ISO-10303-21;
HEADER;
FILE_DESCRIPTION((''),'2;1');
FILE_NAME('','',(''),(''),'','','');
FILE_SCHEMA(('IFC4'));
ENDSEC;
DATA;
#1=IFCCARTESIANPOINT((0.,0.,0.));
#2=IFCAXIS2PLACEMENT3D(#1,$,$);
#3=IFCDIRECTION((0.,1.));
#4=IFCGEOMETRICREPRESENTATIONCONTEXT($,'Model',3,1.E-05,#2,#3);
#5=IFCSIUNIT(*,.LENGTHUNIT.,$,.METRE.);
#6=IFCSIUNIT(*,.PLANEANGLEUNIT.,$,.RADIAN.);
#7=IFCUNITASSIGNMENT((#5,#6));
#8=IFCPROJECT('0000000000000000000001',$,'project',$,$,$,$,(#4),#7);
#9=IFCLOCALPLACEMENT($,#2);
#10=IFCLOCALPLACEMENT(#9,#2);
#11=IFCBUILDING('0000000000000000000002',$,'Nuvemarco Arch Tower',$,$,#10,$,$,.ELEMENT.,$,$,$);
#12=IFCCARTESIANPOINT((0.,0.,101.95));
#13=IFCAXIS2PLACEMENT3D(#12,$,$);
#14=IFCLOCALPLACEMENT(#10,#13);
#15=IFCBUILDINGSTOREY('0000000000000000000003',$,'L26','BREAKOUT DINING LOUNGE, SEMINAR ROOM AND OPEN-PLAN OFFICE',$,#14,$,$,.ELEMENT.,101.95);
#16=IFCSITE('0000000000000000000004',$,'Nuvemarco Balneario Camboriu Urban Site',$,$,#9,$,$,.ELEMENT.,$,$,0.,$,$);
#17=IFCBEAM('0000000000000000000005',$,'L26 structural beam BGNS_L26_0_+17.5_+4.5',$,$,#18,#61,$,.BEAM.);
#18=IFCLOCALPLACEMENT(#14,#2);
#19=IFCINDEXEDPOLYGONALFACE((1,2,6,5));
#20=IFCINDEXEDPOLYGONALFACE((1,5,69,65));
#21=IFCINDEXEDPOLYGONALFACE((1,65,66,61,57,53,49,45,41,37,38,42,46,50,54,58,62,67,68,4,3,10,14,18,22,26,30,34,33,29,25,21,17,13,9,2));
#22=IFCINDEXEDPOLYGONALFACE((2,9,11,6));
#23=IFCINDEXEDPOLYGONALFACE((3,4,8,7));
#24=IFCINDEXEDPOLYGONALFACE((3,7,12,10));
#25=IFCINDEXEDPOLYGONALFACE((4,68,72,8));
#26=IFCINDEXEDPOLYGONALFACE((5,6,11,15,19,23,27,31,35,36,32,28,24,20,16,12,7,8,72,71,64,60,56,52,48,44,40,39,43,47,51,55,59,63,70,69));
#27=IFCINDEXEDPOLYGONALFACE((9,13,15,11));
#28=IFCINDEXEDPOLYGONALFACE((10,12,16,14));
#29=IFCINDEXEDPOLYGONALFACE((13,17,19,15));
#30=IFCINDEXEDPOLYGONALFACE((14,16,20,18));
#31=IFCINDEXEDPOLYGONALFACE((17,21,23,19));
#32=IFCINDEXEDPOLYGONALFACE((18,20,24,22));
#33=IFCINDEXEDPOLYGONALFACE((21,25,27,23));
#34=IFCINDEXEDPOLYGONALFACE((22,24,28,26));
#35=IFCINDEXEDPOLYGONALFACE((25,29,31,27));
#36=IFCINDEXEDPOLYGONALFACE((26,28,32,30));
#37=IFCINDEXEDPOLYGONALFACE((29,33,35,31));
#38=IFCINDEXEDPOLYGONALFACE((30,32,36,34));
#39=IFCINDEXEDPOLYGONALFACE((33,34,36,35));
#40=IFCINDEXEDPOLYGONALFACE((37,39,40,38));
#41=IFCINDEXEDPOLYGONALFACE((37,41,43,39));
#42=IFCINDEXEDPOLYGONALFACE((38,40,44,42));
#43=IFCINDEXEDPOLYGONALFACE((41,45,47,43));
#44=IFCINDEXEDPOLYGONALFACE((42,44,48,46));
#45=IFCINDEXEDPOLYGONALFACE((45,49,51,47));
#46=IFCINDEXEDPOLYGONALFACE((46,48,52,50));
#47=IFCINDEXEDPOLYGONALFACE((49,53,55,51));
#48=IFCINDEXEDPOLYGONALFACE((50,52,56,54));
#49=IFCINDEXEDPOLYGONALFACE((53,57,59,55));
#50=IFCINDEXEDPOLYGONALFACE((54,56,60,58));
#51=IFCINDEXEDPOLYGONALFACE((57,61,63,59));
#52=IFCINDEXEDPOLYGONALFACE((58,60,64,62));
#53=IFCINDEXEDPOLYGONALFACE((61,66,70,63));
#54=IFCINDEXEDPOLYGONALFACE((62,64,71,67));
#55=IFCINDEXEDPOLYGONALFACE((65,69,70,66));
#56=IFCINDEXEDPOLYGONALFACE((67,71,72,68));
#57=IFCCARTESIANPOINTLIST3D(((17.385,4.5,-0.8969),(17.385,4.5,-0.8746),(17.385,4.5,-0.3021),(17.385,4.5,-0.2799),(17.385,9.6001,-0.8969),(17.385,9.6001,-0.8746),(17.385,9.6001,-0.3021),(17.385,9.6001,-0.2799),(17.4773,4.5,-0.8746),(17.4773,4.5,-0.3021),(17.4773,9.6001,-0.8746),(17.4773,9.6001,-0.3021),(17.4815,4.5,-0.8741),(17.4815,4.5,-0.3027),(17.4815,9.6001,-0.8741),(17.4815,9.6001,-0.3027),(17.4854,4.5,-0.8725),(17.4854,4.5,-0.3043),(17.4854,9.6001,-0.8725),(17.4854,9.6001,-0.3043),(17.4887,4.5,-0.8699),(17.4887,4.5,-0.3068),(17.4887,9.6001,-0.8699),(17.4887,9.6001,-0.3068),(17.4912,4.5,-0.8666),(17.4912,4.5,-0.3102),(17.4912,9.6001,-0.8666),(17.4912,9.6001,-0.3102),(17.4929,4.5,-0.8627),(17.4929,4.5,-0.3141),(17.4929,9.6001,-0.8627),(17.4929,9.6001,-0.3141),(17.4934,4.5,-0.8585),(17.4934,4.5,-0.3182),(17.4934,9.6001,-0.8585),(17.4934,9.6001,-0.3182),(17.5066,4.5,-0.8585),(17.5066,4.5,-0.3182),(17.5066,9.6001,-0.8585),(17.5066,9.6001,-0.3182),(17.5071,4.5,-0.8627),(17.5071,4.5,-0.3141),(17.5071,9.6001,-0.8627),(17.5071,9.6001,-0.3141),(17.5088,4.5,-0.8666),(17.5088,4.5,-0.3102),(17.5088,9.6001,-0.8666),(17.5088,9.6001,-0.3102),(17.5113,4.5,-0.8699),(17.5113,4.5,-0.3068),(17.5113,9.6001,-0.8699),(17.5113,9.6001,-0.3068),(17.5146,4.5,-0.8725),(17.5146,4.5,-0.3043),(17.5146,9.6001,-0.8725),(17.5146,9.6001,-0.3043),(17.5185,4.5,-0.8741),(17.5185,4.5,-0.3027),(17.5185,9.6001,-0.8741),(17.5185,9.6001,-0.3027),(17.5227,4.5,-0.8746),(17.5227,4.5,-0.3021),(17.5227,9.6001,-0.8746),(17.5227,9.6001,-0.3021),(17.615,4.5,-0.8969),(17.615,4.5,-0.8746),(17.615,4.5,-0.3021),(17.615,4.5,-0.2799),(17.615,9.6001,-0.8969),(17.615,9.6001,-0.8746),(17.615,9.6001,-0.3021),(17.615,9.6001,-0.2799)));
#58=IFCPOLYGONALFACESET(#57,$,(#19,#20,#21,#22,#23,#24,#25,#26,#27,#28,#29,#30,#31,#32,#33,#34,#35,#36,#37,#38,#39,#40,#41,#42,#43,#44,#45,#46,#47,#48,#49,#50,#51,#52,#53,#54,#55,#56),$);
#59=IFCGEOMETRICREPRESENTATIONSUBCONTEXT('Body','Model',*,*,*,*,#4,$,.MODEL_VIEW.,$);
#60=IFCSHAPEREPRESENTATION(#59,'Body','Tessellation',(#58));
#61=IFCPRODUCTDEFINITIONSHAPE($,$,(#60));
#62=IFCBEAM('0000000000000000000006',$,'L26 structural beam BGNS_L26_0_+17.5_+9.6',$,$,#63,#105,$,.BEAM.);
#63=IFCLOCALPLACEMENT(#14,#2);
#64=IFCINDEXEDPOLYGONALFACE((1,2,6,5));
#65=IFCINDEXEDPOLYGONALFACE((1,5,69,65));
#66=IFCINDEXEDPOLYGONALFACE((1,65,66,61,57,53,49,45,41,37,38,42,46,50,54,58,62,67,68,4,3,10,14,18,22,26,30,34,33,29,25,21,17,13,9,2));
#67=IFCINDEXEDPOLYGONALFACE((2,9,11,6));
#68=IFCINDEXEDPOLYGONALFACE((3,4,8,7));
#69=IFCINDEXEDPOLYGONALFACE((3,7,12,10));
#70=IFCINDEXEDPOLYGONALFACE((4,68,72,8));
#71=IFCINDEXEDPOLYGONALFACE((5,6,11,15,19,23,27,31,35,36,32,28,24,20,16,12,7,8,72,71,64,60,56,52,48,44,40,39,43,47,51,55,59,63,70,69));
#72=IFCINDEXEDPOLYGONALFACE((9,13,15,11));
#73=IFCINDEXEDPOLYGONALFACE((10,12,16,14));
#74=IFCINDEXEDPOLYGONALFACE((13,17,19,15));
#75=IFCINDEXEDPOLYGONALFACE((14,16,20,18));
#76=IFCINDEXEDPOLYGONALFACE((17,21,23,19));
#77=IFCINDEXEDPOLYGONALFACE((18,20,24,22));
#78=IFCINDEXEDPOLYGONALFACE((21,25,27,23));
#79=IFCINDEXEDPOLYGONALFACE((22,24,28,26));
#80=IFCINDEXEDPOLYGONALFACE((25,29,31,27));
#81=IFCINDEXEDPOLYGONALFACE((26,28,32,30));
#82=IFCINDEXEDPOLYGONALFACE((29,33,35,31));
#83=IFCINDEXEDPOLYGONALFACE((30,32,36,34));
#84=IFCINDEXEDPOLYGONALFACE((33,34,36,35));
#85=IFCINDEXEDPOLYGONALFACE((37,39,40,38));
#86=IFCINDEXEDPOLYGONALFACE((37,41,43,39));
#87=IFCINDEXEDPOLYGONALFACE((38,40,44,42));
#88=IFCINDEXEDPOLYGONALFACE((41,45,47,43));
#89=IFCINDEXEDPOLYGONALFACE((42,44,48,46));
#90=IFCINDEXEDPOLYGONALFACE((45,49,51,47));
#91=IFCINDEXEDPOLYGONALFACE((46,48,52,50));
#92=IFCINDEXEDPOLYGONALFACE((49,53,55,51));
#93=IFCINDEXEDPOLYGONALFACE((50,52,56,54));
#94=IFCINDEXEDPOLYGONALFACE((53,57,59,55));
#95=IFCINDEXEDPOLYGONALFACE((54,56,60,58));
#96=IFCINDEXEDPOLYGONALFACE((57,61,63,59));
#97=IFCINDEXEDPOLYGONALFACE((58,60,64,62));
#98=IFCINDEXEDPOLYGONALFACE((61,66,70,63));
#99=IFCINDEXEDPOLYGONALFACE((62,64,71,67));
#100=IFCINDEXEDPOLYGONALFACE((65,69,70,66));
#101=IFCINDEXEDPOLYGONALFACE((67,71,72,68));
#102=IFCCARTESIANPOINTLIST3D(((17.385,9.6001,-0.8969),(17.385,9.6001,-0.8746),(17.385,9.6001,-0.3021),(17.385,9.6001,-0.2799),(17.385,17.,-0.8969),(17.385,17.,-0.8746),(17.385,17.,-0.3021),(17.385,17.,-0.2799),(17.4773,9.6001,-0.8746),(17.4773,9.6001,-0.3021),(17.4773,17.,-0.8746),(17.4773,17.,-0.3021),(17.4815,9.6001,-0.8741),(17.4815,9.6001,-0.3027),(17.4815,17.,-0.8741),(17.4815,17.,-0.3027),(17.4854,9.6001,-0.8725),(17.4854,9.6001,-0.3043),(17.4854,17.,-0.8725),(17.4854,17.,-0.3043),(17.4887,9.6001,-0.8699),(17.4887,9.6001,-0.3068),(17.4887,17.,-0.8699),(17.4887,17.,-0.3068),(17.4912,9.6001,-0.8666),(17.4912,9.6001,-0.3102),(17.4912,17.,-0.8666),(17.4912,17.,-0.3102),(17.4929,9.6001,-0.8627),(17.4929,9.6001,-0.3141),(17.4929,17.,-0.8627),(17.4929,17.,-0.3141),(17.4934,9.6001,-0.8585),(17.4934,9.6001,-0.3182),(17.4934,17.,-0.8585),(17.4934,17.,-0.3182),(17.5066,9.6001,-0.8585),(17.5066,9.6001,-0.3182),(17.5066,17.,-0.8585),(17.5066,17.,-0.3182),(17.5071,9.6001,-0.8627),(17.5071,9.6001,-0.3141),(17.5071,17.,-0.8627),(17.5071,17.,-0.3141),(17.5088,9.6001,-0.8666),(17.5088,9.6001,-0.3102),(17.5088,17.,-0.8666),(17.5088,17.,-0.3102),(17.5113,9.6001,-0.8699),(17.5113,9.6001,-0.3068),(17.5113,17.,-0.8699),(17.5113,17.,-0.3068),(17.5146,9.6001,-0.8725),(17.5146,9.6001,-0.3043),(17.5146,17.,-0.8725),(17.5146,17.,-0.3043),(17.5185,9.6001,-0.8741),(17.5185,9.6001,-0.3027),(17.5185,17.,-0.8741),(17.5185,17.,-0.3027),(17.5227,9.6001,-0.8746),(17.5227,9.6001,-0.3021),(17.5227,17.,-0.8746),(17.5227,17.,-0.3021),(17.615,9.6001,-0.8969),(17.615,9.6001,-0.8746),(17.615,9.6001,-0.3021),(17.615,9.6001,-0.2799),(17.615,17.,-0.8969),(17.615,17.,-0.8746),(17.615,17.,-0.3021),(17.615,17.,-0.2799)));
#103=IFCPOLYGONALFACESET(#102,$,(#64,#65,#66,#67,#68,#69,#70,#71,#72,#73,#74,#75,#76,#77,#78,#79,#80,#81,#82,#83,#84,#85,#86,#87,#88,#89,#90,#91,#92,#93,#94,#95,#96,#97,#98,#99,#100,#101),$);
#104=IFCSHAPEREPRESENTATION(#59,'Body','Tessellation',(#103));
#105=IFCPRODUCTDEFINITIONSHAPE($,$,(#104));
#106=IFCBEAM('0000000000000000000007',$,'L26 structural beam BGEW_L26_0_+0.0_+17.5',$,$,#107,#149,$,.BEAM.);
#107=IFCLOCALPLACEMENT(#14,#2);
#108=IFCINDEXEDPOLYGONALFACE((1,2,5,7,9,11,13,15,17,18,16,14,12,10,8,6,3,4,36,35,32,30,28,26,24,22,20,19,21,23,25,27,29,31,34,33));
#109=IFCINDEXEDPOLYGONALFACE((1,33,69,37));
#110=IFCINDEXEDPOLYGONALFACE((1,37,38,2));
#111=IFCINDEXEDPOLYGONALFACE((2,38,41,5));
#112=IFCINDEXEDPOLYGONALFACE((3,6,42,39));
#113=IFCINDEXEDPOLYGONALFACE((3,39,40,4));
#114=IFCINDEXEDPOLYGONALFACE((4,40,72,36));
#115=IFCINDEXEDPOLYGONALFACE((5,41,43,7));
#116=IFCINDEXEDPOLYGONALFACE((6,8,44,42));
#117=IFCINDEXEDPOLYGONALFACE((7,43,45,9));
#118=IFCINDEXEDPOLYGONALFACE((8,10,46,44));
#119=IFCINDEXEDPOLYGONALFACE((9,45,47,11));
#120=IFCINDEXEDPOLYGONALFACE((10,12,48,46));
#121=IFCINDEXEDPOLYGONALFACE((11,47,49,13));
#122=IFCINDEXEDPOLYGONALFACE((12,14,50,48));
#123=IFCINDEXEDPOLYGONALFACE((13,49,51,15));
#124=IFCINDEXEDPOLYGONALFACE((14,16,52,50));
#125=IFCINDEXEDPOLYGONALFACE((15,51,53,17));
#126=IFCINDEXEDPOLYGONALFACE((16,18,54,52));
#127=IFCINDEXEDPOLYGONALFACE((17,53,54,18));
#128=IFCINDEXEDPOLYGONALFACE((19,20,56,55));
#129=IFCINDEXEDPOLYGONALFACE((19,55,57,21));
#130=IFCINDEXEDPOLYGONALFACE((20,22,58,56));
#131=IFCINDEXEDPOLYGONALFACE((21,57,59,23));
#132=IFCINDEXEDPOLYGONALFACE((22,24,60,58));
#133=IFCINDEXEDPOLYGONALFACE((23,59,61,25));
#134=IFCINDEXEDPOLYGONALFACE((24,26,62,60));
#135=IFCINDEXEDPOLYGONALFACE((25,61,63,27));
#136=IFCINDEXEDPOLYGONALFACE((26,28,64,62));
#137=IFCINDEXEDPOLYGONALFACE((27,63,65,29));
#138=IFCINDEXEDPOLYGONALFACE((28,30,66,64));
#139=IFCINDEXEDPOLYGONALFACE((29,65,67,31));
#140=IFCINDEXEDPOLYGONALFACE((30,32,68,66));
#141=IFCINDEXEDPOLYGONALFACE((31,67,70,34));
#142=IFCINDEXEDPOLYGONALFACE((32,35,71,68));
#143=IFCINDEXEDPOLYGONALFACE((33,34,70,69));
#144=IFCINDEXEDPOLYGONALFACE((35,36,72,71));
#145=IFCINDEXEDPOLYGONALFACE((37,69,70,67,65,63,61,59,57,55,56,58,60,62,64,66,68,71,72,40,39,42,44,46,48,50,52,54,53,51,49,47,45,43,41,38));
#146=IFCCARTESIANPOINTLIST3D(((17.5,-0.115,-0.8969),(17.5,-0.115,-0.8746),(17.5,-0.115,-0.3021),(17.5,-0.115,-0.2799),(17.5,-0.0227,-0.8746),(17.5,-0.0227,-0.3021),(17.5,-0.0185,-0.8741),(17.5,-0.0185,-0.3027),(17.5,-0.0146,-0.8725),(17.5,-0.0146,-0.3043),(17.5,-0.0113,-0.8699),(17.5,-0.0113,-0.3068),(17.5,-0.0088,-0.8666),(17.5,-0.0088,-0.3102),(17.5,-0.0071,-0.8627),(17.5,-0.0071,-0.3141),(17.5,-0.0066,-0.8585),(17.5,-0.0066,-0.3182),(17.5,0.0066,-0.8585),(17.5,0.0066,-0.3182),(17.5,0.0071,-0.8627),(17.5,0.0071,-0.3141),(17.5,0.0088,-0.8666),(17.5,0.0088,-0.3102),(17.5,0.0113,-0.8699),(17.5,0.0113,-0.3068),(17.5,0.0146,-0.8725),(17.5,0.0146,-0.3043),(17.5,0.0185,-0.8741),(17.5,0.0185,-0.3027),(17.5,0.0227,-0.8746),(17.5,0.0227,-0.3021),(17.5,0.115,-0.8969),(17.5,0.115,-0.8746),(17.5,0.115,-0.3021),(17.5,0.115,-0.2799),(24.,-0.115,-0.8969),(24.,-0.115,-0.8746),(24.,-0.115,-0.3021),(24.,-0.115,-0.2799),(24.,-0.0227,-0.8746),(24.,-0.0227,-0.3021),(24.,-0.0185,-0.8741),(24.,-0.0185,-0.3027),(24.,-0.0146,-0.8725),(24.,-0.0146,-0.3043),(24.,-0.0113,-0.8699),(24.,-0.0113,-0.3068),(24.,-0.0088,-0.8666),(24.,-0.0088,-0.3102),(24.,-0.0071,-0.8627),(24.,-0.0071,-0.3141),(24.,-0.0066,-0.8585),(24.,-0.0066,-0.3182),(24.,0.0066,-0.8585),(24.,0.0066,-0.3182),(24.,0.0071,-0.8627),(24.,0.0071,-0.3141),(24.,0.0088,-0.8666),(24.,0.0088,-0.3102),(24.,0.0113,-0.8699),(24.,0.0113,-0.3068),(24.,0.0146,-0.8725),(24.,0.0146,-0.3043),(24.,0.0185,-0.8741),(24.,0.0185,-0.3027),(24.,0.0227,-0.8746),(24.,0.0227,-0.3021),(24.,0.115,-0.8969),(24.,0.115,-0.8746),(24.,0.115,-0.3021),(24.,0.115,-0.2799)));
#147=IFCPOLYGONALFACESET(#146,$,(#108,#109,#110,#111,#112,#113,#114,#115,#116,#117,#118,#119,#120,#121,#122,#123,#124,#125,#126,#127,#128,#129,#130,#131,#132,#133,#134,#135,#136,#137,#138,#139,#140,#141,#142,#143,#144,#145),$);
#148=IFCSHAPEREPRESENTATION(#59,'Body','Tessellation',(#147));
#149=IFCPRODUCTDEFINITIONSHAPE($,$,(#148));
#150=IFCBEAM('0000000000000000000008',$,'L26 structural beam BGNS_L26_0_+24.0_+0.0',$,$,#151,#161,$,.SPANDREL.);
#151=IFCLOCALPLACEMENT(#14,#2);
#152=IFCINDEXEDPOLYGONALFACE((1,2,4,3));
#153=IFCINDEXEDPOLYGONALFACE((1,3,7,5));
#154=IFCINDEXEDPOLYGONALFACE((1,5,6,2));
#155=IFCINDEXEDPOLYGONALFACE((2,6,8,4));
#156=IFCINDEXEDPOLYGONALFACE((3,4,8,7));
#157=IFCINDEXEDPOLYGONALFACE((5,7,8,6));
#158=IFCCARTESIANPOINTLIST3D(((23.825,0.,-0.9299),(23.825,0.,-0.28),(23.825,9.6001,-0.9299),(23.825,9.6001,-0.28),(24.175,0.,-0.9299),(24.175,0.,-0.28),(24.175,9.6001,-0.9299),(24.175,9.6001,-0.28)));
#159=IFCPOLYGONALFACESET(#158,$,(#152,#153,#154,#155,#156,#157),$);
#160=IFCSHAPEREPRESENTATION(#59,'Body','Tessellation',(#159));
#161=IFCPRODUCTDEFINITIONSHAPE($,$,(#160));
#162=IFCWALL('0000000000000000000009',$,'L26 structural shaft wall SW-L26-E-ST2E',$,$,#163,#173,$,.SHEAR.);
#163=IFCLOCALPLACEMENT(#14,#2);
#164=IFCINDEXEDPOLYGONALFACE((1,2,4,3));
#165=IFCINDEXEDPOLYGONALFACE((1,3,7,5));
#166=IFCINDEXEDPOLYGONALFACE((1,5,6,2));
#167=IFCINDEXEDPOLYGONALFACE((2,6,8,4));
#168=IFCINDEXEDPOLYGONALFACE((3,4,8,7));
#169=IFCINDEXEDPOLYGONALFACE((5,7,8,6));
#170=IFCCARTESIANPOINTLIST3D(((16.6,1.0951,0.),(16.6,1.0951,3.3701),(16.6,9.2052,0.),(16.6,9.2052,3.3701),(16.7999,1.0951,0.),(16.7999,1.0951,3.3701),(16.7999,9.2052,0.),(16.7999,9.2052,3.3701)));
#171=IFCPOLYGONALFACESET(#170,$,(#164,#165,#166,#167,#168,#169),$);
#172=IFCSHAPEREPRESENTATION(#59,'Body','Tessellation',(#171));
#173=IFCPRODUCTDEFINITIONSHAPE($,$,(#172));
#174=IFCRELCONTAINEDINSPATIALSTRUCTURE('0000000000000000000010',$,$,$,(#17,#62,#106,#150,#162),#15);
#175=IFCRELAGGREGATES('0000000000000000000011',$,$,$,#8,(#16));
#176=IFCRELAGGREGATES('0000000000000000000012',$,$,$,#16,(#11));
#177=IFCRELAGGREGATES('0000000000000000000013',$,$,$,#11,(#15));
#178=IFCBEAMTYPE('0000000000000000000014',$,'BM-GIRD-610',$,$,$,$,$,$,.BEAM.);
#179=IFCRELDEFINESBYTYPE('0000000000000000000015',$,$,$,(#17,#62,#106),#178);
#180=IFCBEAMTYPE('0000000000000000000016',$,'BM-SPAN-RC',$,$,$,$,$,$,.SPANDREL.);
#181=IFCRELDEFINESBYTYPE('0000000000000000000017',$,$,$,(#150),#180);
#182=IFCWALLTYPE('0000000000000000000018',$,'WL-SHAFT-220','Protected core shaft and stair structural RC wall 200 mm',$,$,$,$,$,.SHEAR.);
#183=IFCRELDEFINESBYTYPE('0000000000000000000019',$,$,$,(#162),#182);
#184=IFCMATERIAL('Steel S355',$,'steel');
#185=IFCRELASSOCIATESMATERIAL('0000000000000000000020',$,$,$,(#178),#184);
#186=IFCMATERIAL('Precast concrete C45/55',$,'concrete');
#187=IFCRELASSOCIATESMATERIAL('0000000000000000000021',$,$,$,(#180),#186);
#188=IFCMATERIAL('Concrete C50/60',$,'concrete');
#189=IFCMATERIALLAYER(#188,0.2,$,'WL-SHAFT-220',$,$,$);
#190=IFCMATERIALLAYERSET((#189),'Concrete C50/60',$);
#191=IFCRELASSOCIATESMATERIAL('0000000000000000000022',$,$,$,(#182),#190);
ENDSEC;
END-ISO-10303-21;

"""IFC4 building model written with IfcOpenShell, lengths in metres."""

from ifc_helpers import new_model, si_unit, direction, frame, frame_2d, origin, origin_2d, place, context, subcontext, project, spatial, rectangle, i_section, extrude, material, layer, layer_set, material_profile, profile_set, type_object, element, save


model = new_model("IFC4")

# Units and contexts
model_context = context("Model", 3, precision=1e-05, world=origin(), true_north=direction((0.0, 1.0)))
body_context = subcontext(model_context, "Body", "Model", "MODEL_VIEW")
ifc_project = project(units=[si_unit("LENGTHUNIT", "METRE"), si_unit("PLANEANGLEUNIT", "RADIAN")], contexts=[model_context])

# Site, building, storey
site_placement = place(None, origin())
site = spatial("IfcSite", under=ifc_project, at=site_placement, Name="Nuvemarco Balneario Camboriu Urban Site", CompositionType="ELEMENT", RefElevation=0.0)
building_placement = place(site_placement, origin())
building = spatial("IfcBuilding", under=site, at=building_placement, Name="Nuvemarco Arch Tower", CompositionType="ELEMENT")
storey_placement = place(building_placement, frame((0.0, 0.0, 101.95)))
storey = spatial("IfcBuildingStorey", under=building, at=storey_placement, Name="L26", Description="BREAKOUT DINING LOUNGE, SEMINAR ROOM AND OPEN-PLAN OFFICE", CompositionType="ELEMENT", Elevation=101.95)

# Shared definitions
ifc_material_1 = material(Name="Steel S355", Category="steel")

# Beams
ifc_material_profile_1 = material_profile(ifc_material_1, i_section(OverallWidth=0.23, OverallDepth=0.6169, WebThickness=0.0132, FlangeThickness=0.0222, FilletRadius=0.0161, at=origin_2d()), Name="W610x140")
ifc_profile_set_1 = profile_set([ifc_material_profile_1], Name="Steel S355")
beam_type_1 = type_object("IfcBeamType", Name="BM-GIRD-610", PredefinedType="BEAM", material=ifc_profile_set_1)
beam_1_placement = place(storey_placement, frame((17.5, 4.5, -0.5884), z_axis=(0.0, 1.0, 0.0), x_axis=(-1.0, 0.0, 0.0)))
element("IfcBeam", 1, at=beam_1_placement, inside=storey, type_object=beam_type_1, Name="L26 structural beam BGNS_L26_0_+17.5_+4.5", PredefinedType="BEAM", context=body_context, shape_type="SweptSolid", body=[
    extrude(i_section(OverallWidth=0.23, OverallDepth=0.6169, WebThickness=0.0132, FlangeThickness=0.0222, FilletRadius=0.0161, at=origin_2d()), origin(), (0.0, 0.0, 1.0), 5.1001),
])
beam_2_placement = place(storey_placement, frame((17.5, 9.6001, -0.5884), z_axis=(0.0, 1.0, 0.0), x_axis=(-1.0, 0.0, 0.0)))
element("IfcBeam", 2, at=beam_2_placement, inside=storey, type_object=beam_type_1, Name="L26 structural beam BGNS_L26_0_+17.5_+9.6", PredefinedType="BEAM", context=body_context, shape_type="SweptSolid", body=[
    extrude(i_section(OverallWidth=0.23, OverallDepth=0.6169, WebThickness=0.0132, FlangeThickness=0.0222, FilletRadius=0.0161, at=origin_2d()), origin(), (0.0, 0.0, 1.0), 7.3999),
])
beam_3_placement = place(storey_placement, frame((17.5, 0.0, -0.5884), z_axis=(1.0, 0.0, 0.0), x_axis=(0.0, 1.0, 0.0)))
element("IfcBeam", 3, at=beam_3_placement, inside=storey, type_object=beam_type_1, Name="L26 structural beam BGEW_L26_0_+0.0_+17.5", PredefinedType="BEAM", context=body_context, shape_type="SweptSolid", body=[
    extrude(i_section(OverallWidth=0.23, OverallDepth=0.6169, WebThickness=0.0132, FlangeThickness=0.0222, FilletRadius=0.0161, at=origin_2d()), origin(), (0.0, 0.0, 1.0), 6.5),
])
ifc_material_2 = material(Name="Precast concrete C45/55", Category="concrete")
ifc_material_profile_2 = material_profile(ifc_material_2, rectangle(XDim=0.3501, YDim=0.6499, at=origin_2d()), Name="PC-SP-350x650")
ifc_profile_set_2 = profile_set([ifc_material_profile_2], Name="Precast concrete C45/55")
beam_type_2 = type_object("IfcBeamType", Name="BM-SPAN-RC", PredefinedType="SPANDREL", material=ifc_profile_set_2)
beam_4_placement = place(storey_placement, frame((24.0, 0.0, -0.605), z_axis=(0.0, 1.0, 0.0), x_axis=(-1.0, 0.0, 0.0)))
element("IfcBeam", 4, at=beam_4_placement, inside=storey, type_object=beam_type_2, Name="L26 structural beam BGNS_L26_0_+24.0_+0.0", PredefinedType="SPANDREL", context=body_context, shape_type="SweptSolid", body=[
    extrude(rectangle(XDim=0.3501, YDim=0.6499, at=origin_2d()), origin(), (0.0, 0.0, 1.0), 9.6001),
])

# Wall
ifc_material_3 = material(Name="Concrete C50/60", Category="concrete")
ifc_layer = layer(ifc_material_3, 0.2, Name="WL-SHAFT-220")
ifc_layer_set = layer_set([ifc_layer], Name="Concrete C50/60")
wall_type = type_object("IfcWallType", Name="WL-SHAFT-220", Description="Protected core shaft and stair structural RC wall 200 mm", PredefinedType="SHEAR", material=ifc_layer_set)
wall_placement = place(storey_placement, frame((16.7, 1.095, 0.0), z_axis=(0.0, 0.0, 1.0), x_axis=(0.0, 1.0, 0.0)))
element("IfcWall", 5, at=wall_placement, inside=storey, type_object=wall_type, Name="L26 structural shaft wall SW-L26-E-ST2E", PredefinedType="SHEAR", context=body_context, shape_type="SweptSolid", body=[
    extrude(rectangle(XDim=8.1101, YDim=0.2, at=frame_2d((4.0552, 0.0))), origin(), (0.0, 0.0, 1.0), 3.3701),
])

save(model, "model.ifc")
